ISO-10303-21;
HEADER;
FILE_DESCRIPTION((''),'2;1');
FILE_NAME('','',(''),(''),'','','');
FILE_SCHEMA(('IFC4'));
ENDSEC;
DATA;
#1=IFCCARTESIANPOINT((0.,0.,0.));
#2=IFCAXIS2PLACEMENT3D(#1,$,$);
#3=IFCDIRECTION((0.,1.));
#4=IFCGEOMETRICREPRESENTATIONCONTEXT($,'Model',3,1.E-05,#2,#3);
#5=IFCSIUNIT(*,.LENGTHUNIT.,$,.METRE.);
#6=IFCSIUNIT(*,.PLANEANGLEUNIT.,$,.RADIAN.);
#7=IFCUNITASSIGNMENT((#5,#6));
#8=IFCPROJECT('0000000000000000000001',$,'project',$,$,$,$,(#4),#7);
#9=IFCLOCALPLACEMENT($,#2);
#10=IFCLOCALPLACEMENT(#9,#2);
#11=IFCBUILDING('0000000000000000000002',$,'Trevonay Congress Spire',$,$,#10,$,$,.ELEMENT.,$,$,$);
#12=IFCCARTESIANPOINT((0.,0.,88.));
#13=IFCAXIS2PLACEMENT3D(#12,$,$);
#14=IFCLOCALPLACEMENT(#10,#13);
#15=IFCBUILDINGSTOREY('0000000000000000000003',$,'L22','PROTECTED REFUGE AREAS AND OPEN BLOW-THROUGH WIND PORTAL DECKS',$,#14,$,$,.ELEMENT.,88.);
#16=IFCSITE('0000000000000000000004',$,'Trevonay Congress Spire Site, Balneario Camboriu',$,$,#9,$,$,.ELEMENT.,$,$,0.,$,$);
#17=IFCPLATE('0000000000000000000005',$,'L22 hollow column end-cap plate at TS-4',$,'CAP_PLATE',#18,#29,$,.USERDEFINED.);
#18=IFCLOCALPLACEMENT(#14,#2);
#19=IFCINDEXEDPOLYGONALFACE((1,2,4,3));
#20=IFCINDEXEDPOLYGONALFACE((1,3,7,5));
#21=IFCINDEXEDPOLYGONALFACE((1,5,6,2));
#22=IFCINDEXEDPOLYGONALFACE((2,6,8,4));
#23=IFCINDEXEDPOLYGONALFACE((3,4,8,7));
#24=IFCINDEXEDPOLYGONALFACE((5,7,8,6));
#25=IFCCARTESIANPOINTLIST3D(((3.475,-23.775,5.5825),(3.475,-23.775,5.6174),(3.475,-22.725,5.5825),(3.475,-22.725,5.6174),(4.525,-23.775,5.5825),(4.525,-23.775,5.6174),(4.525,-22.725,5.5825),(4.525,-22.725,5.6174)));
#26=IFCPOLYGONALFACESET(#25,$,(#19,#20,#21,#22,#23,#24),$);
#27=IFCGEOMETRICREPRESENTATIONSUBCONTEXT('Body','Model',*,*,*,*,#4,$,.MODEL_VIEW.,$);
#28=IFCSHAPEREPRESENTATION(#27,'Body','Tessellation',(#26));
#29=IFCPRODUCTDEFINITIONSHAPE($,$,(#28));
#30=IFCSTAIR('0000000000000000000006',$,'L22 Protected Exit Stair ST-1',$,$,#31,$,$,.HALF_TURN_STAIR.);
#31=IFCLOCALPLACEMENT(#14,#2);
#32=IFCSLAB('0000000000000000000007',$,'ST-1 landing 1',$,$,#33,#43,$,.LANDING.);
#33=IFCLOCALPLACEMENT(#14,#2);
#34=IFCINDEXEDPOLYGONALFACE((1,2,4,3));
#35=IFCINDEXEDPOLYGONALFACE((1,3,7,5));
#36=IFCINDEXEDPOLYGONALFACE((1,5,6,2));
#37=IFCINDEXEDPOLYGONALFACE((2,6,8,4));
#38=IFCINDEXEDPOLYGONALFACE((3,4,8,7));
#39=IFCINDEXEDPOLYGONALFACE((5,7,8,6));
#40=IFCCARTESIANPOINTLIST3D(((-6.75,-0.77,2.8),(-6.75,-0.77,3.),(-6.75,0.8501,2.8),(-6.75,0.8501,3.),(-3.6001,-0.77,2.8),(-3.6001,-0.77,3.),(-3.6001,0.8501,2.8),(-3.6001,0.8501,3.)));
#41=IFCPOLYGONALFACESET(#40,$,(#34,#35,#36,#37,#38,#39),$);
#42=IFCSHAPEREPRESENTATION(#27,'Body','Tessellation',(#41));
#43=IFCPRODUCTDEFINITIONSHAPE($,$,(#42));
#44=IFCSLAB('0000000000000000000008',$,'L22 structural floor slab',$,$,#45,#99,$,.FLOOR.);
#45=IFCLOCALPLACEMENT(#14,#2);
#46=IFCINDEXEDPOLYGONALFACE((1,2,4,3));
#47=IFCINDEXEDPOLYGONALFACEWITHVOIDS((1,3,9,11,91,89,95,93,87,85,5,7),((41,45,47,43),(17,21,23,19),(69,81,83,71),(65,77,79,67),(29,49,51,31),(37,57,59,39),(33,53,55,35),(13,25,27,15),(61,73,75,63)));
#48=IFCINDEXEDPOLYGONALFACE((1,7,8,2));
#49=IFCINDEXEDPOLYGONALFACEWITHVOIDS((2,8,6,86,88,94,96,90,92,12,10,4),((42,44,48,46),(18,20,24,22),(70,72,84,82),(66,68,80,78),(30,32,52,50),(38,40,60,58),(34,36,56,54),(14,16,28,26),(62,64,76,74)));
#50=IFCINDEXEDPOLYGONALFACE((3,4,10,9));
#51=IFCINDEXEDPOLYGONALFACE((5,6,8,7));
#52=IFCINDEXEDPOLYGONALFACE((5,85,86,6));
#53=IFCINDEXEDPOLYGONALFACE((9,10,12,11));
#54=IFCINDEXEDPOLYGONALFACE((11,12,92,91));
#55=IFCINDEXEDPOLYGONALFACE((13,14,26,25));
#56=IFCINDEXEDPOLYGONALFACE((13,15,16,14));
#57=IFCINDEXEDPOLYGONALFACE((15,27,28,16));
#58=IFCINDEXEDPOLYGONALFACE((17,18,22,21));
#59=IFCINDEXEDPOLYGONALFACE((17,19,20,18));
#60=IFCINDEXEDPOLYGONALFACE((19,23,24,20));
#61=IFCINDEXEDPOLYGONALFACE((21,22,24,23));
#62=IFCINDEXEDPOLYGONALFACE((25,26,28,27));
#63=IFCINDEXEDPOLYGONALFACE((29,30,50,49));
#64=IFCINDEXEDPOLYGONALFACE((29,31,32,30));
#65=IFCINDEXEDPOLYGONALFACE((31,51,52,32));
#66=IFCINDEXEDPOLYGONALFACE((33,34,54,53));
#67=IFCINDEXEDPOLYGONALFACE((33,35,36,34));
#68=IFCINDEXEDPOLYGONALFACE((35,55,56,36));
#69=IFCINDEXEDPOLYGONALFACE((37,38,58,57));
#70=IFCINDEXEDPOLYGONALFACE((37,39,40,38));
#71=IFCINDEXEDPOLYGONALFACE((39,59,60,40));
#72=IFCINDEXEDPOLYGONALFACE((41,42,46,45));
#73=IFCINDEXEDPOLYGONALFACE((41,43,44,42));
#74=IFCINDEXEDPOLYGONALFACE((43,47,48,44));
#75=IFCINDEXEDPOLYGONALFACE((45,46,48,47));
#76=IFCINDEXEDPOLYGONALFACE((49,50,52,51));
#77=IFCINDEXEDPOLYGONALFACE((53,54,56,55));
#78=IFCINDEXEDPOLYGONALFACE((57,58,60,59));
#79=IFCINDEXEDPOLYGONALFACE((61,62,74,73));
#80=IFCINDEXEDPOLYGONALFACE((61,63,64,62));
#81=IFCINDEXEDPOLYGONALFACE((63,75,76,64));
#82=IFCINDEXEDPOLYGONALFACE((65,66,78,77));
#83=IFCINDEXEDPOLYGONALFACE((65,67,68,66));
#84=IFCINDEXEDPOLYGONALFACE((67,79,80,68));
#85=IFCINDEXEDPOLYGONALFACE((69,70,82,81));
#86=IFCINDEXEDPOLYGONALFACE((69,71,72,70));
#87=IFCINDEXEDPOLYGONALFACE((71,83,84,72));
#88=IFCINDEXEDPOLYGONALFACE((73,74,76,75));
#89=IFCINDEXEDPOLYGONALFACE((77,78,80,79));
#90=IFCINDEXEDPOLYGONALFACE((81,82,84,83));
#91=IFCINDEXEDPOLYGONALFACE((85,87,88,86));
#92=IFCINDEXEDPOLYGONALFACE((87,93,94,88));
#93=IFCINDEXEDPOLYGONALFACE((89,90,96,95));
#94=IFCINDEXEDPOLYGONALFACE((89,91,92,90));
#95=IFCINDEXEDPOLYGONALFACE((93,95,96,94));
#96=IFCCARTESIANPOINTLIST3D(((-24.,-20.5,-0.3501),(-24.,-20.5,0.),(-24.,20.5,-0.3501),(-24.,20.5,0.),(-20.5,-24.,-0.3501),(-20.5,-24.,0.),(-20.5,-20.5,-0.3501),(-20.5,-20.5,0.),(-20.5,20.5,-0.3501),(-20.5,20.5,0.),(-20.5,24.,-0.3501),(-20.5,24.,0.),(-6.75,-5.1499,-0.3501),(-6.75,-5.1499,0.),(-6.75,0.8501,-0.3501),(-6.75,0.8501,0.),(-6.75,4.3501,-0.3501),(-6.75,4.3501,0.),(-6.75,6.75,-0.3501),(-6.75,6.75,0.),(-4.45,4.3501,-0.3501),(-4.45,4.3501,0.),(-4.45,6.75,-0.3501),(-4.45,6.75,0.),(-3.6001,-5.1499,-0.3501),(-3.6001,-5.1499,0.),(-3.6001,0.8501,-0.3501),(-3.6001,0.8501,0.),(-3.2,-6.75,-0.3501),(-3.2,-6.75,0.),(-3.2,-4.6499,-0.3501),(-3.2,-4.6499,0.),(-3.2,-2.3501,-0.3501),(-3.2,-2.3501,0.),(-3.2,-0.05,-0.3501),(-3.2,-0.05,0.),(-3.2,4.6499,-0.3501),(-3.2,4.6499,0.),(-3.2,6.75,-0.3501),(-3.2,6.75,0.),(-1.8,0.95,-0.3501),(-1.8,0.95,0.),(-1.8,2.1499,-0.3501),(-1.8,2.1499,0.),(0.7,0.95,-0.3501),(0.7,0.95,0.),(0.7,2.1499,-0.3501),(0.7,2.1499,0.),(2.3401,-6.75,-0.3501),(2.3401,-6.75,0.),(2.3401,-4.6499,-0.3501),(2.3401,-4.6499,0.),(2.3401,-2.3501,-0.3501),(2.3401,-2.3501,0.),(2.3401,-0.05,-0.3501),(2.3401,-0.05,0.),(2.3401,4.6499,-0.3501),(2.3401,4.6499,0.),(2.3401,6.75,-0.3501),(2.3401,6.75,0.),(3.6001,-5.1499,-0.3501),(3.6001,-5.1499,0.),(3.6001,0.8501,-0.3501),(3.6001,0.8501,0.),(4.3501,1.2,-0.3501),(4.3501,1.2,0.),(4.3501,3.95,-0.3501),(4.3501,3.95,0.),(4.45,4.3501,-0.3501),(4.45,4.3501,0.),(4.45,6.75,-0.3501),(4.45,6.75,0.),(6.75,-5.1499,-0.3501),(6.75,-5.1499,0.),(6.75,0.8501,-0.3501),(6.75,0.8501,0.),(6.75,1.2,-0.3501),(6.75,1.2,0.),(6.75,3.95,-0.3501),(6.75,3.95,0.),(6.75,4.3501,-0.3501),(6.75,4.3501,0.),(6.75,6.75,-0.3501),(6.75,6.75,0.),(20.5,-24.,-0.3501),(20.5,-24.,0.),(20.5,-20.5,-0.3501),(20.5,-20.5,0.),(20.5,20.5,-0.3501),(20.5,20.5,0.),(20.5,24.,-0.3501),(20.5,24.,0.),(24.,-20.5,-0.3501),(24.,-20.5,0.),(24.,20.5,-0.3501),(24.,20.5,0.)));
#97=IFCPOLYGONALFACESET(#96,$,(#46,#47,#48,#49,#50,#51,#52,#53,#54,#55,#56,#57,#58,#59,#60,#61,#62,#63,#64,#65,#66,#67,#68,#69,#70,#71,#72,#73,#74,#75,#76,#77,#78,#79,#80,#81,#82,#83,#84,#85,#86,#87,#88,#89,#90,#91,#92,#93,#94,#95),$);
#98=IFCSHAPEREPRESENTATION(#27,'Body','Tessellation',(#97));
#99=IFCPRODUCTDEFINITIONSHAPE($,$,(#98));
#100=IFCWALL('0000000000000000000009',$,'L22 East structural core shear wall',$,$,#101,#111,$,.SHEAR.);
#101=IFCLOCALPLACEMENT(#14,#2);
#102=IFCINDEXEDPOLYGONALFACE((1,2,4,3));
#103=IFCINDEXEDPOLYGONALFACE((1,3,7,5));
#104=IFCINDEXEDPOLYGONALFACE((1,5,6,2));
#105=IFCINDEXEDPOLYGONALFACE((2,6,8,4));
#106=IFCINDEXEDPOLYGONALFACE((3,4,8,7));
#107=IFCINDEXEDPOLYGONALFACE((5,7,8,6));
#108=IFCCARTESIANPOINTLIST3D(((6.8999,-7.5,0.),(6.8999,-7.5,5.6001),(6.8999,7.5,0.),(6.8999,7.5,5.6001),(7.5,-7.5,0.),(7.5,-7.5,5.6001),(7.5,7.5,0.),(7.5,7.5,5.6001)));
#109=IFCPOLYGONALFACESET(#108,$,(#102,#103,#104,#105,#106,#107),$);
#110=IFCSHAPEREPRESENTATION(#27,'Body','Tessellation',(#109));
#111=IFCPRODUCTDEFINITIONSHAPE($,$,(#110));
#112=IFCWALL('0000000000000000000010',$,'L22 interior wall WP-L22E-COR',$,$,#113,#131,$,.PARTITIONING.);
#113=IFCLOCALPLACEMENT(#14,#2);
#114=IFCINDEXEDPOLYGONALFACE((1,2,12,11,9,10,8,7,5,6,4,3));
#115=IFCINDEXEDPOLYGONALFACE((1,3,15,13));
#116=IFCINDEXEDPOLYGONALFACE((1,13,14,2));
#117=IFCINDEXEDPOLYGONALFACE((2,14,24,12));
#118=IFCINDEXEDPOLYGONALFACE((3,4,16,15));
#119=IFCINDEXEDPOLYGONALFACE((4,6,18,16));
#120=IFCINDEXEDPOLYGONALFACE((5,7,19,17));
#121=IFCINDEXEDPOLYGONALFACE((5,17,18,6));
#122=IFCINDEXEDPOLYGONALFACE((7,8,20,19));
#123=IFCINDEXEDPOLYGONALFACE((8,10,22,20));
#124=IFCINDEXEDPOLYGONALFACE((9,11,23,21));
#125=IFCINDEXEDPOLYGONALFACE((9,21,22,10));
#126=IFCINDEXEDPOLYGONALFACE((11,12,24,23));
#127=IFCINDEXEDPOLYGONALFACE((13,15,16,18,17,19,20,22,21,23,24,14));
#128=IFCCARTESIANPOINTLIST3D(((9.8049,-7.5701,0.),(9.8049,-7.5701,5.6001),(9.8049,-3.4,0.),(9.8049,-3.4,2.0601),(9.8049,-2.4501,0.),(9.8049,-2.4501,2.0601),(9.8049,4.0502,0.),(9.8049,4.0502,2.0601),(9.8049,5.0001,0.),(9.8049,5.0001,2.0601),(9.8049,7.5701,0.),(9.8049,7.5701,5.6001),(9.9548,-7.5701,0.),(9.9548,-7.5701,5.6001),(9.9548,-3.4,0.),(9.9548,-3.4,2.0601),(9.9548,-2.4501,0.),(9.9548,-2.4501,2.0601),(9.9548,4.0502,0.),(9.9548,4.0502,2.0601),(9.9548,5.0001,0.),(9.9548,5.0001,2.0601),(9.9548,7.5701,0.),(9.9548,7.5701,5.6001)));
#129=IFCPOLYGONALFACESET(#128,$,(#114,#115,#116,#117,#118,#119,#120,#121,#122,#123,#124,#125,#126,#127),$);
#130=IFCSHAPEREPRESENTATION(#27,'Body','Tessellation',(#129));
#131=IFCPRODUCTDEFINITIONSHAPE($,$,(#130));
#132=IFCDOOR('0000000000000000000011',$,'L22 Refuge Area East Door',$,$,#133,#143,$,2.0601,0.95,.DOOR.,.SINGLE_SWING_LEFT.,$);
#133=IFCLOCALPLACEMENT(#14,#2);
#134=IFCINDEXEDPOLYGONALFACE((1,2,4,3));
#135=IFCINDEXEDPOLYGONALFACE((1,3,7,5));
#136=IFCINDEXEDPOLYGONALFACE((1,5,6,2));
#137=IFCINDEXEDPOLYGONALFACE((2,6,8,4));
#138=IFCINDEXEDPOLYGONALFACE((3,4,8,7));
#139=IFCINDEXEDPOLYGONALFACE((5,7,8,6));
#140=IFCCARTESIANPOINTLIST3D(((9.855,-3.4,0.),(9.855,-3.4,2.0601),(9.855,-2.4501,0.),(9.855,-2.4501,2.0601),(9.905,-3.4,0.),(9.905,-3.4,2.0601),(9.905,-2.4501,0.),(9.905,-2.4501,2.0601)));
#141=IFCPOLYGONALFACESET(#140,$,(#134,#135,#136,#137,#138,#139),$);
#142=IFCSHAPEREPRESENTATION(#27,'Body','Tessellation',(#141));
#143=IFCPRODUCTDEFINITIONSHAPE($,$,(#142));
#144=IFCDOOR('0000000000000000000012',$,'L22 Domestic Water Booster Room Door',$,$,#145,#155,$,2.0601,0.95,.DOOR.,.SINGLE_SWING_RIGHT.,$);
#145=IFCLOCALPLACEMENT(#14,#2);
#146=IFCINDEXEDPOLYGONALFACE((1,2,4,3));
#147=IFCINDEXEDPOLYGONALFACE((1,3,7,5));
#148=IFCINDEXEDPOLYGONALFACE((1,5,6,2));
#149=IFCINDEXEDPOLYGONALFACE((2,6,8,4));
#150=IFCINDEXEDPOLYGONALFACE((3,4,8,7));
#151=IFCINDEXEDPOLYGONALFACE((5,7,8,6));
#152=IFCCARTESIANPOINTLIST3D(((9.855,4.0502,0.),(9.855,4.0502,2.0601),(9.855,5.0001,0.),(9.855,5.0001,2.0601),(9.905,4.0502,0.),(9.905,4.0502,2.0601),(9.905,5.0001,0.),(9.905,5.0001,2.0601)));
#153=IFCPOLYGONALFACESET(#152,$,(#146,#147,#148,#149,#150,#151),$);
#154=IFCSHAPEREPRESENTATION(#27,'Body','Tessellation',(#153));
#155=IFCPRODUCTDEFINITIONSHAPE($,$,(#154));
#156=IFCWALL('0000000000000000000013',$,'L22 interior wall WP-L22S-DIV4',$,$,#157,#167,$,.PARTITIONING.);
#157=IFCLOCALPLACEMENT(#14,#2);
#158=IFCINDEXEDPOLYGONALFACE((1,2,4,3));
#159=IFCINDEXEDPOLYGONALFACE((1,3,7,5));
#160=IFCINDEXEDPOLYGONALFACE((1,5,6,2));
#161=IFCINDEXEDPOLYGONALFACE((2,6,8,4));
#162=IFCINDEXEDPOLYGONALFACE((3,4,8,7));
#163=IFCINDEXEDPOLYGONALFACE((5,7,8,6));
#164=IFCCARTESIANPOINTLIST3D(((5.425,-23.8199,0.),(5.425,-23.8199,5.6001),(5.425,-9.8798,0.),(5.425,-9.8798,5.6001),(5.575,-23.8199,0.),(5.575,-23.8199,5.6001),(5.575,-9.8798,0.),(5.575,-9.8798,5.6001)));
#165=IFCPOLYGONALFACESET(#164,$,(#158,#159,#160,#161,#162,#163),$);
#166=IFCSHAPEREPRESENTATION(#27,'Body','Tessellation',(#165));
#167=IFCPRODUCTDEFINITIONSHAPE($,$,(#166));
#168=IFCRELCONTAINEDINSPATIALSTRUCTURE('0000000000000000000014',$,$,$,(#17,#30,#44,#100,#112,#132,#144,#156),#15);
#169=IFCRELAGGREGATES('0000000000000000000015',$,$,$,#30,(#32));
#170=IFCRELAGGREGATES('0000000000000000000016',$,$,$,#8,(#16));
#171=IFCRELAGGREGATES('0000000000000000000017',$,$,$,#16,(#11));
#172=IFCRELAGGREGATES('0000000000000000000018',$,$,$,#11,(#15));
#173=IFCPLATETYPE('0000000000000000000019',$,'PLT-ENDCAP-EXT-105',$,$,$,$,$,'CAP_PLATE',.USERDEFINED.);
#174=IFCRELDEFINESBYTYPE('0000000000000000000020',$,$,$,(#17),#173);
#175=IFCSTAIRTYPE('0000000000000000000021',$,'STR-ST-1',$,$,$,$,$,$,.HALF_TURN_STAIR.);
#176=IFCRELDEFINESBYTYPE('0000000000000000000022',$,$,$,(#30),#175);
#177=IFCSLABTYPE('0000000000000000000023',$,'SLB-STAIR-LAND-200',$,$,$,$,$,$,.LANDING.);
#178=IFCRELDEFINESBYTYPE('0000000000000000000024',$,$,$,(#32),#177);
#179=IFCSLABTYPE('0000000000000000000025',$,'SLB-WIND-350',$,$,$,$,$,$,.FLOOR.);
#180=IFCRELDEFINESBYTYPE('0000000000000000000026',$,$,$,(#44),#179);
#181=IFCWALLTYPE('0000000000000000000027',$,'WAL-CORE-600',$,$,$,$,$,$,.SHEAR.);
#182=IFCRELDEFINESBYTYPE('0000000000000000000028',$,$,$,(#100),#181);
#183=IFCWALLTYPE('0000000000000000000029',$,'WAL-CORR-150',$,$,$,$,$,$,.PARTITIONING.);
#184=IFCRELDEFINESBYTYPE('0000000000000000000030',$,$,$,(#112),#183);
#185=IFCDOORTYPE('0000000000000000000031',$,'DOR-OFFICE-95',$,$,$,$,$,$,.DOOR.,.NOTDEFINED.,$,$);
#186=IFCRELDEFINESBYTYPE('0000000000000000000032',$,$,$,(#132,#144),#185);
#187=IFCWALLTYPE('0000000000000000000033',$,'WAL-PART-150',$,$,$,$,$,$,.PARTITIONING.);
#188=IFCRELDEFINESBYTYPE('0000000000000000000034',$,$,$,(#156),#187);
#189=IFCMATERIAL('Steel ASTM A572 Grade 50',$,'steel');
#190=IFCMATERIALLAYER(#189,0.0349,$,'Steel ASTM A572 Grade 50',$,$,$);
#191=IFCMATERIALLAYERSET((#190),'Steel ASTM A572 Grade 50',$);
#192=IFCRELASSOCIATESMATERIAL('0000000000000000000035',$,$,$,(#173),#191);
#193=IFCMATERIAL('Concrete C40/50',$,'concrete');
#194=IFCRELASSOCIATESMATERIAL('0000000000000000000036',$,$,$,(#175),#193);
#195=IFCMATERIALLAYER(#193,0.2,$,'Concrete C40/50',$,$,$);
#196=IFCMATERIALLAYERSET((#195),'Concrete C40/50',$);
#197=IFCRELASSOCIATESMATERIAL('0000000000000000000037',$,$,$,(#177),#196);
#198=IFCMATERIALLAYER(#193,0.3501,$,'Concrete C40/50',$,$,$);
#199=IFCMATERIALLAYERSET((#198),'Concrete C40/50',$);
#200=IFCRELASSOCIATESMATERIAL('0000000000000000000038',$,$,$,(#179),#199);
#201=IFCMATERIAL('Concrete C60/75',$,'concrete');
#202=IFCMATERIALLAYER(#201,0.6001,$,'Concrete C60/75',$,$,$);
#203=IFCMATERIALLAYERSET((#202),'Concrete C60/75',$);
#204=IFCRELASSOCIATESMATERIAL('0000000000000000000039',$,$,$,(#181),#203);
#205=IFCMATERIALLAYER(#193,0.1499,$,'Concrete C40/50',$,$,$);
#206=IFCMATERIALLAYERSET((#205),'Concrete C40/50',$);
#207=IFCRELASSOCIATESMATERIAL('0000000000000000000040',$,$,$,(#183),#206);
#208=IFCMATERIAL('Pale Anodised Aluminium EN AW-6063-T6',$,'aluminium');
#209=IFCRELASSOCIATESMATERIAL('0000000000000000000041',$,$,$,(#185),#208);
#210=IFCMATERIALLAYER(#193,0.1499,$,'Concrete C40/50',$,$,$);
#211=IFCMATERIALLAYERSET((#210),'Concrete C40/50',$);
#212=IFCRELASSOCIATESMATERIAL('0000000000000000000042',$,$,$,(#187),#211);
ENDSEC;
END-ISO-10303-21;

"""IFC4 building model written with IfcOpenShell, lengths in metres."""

from ifc_helpers import new_model, si_unit, direction, frame, frame_2d, origin, origin_2d, place, context, subcontext, project, spatial, polyline, rectangle, outline, extrude, material, layer, layer_set, type_object, element, fill, aggregate, save


model = new_model("IFC4")

# Units and contexts
model_context = context("Model", 3, precision=1e-05, world=origin(), true_north=direction((0.0, 1.0)))
body_context = subcontext(model_context, "Body", "Model", "MODEL_VIEW")
ifc_project = project(units=[si_unit("LENGTHUNIT", "METRE"), si_unit("PLANEANGLEUNIT", "RADIAN")], contexts=[model_context])

# Site, building, storey
site_placement = place(None, origin())
site = spatial("IfcSite", under=ifc_project, at=site_placement, Name="Trevonay Congress Spire Site, Balneario Camboriu", CompositionType="ELEMENT", RefElevation=0.0)
building_placement = place(site_placement, origin())
building = spatial("IfcBuilding", under=site, at=building_placement, Name="Trevonay Congress Spire", CompositionType="ELEMENT")
storey_placement = place(building_placement, frame((0.0, 0.0, 88.0)))
storey = spatial("IfcBuildingStorey", under=building, at=storey_placement, Name="L22", Description="PROTECTED REFUGE AREAS AND OPEN BLOW-THROUGH WIND PORTAL DECKS", CompositionType="ELEMENT", Elevation=88.0)

# Shared definitions
ifc_material_1 = material(Name="Steel ASTM A572 Grade 50", Category="steel")

# Plate
ifc_layer_1 = layer(ifc_material_1, 0.0349, Name="Steel ASTM A572 Grade 50")
ifc_layer_set_1 = layer_set([ifc_layer_1], Name="Steel ASTM A572 Grade 50")
plate_type = type_object("IfcPlateType", Name="PLT-ENDCAP-EXT-105", ElementType="CAP_PLATE", PredefinedType="USERDEFINED", material=ifc_layer_set_1)
plate_placement = place(storey_placement, frame((4.0, -23.25, 5.5825), z_axis=(0.0, 0.0, 1.0), x_axis=(1.0, 0.0, 0.0)))
element("IfcPlate", 1, at=plate_placement, inside=storey, type_object=plate_type, Name="L22 hollow column end-cap plate at TS-4", ObjectType="CAP_PLATE", PredefinedType="USERDEFINED", context=body_context, shape_type="SweptSolid", body=[
    extrude(rectangle(XDim=1.05, YDim=1.05, at=origin_2d()), origin(), (0.0, 0.0, 1.0), 0.0349),
])

# Stair, slab
ifc_material_2 = material(Name="Concrete C40/50", Category="concrete")
stair_type_1 = type_object("IfcStairType", Name="STR-ST-1", PredefinedType="HALF_TURN_STAIR", material=ifc_material_2)
stair_1_placement = place(storey_placement, origin())
stair_1 = element("IfcStair", 2, at=stair_1_placement, inside=storey, type_object=stair_type_1, Name="L22 Protected Exit Stair ST-1", PredefinedType="HALF_TURN_STAIR")
ifc_layer_2 = layer(ifc_material_2, 0.2, Name="Concrete C40/50")
ifc_layer_set_2 = layer_set([ifc_layer_2], Name="Concrete C40/50")
slab_type_1 = type_object("IfcSlabType", Name="SLB-STAIR-LAND-200", PredefinedType="LANDING", material=ifc_layer_set_2)
slab_1_placement = place(storey_placement, frame((0.0, 0.0, 2.8)))
slab_1 = element("IfcSlab", 3, at=slab_1_placement, type_object=slab_type_1, Name="ST-1 landing 1", PredefinedType="LANDING", context=body_context, shape_type="SweptSolid", body=[
    extrude(outline(polyline([(-3.6001, -0.77), (-3.6001, 0.8501), (-6.75, 0.8501), (-6.75, -0.77), (-3.6001, -0.77)])), origin(), (0.0, 0.0, 1.0), 0.2),
])
aggregate(stair_1, [slab_1])

# Slab
ifc_layer_3 = layer(ifc_material_2, 0.3501, Name="Concrete C40/50")
ifc_layer_set_3 = layer_set([ifc_layer_3], Name="Concrete C40/50")
slab_type_2 = type_object("IfcSlabType", Name="SLB-WIND-350", PredefinedType="FLOOR", material=ifc_layer_set_3)
slab_2_placement = place(storey_placement, frame((0.0, 0.0, -0.3501)))
element("IfcSlab", 4, at=slab_2_placement, inside=storey, type_object=slab_type_2, Name="L22 structural floor slab", PredefinedType="FLOOR", context=body_context, shape_type="SweptSolid", body=[
    extrude(outline(polyline([(-20.5, -24.0), (20.5, -24.0), (20.5, -20.5), (24.0, -20.5), (24.0, 20.5), (20.5, 20.5), (20.5, 24.0), (-20.5, 24.0), (-20.5, 20.5), (-24.0, 20.5), (-24.0, -20.5), (-20.5, -20.5), (-20.5, -24.0)]), holes=[polyline([(-3.6001, -5.1499), (-3.6001, 0.8501), (-6.75, 0.8501), (-6.75, -5.1499), (-3.6001, -5.1499)]), polyline([(6.75, -5.1499), (6.75, 0.8501), (3.6001, 0.8501), (3.6001, -5.1499), (6.75, -5.1499)]), polyline([(-3.2, -6.75), (2.3401, -6.75), (2.3401, -4.6499), (-3.2, -4.6499), (-3.2, -6.75)]), polyline([(-3.2, -2.3501), (2.3401, -2.3501), (2.3401, -0.05), (-3.2, -0.05), (-3.2, -2.3501)]), polyline([(-3.2, 4.6499), (2.3401, 4.6499), (2.3401, 6.75), (-3.2, 6.75), (-3.2, 4.6499)]), polyline([(-6.75, 4.3501), (-4.45, 4.3501), (-4.45, 6.75), (-6.75, 6.75), (-6.75, 4.3501)]), polyline([(4.45, 4.3501), (6.75, 4.3501), (6.75, 6.75), (4.45, 6.75), (4.45, 4.3501)]), polyline([(4.3501, 1.2), (6.75, 1.2), (6.75, 3.95), (4.3501, 3.95), (4.3501, 1.2)]), polyline([(-1.8, 0.95), (0.7, 0.95), (0.7, 2.1499), (-1.8, 2.1499), (-1.8, 0.95)])]), origin(), (0.0, 0.0, 1.0), 0.3501),
])

# Wall
ifc_material_3 = material(Name="Concrete C60/75", Category="concrete")
ifc_layer_4 = layer(ifc_material_3, 0.6001, Name="Concrete C60/75")
ifc_layer_set_4 = layer_set([ifc_layer_4], Name="Concrete C60/75")
wall_type_1 = type_object("IfcWallType", Name="WAL-CORE-600", PredefinedType="SHEAR", material=ifc_layer_set_4)
wall_1_placement = place(storey_placement, frame((7.2, -7.5, 0.0), z_axis=(0.0, 0.0, 1.0), x_axis=(0.0, 1.0, 0.0)))
element("IfcWall", 5, at=wall_1_placement, inside=storey, type_object=wall_type_1, Name="L22 East structural core shear wall", PredefinedType="SHEAR", context=body_context, shape_type="SweptSolid", body=[
    extrude(rectangle(XDim=15.0, YDim=0.6001, at=frame_2d((7.5, 0.0))), origin(), (0.0, 0.0, 1.0), 5.6001),
])

# Wall, openings, doors
ifc_layer_5 = layer(ifc_material_2, 0.1499, Name="Concrete C40/50")
ifc_layer_set_5 = layer_set([ifc_layer_5], Name="Concrete C40/50")
wall_type_2 = type_object("IfcWallType", Name="WAL-CORR-150", PredefinedType="PARTITIONING", material=ifc_layer_set_5)
wall_2_placement = place(storey_placement, frame((9.8799, -7.5701, 0.0), z_axis=(0.0, 0.0, 1.0), x_axis=(0.0, 1.0, 0.0)))
wall_2 = element("IfcWall", 6, at=wall_2_placement, inside=storey, type_object=wall_type_2, Name="L22 interior wall WP-L22E-COR", PredefinedType="PARTITIONING", context=body_context, shape_type="SweptSolid", body=[
    extrude(rectangle(XDim=15.1401, YDim=0.1499, at=frame_2d((7.5701, 0.0))), origin(), (0.0, 0.0, 1.0), 5.6001),
])
opening_1_placement = place(wall_2_placement, frame((4.1699, 0.0, 0.0)))
opening_1 = element("IfcOpeningElement", 7, at=opening_1_placement, cuts=wall_2, PredefinedType="OPENING", context=body_context, shape_type="SweptSolid", body=[
    extrude(rectangle(XDim=0.95, YDim=2.0601, at=frame_2d((0.4751, 1.03))), frame((0.0, 0.085, 0.0), z_axis=(0.0, -1.0, 0.0), x_axis=(1.0, 0.0, 0.0)), (0.0, 0.0, 1.0), 0.1699),
])
opening_2_placement = place(wall_2_placement, frame((11.6201, 0.0, 0.0)))
opening_2 = element("IfcOpeningElement", 8, at=opening_2_placement, cuts=wall_2, PredefinedType="OPENING", context=body_context, shape_type="SweptSolid", body=[
    extrude(rectangle(XDim=0.95, YDim=2.0601, at=frame_2d((0.4751, 1.03))), frame((0.0, 0.085, 0.0), z_axis=(0.0, -1.0, 0.0), x_axis=(1.0, 0.0, 0.0)), (0.0, 0.0, 1.0), 0.1699),
])
ifc_material_4 = material(Name="Pale Anodised Aluminium EN AW-6063-T6", Category="aluminium")
door_type = type_object("IfcDoorType", Name="DOR-OFFICE-95", OperationType="NOTDEFINED", PredefinedType="DOOR", material=ifc_material_4)
door_1_placement = place(opening_1_placement, origin())
door_1 = element("IfcDoor", 9, at=door_1_placement, inside=storey, type_object=door_type, Name="L22 Refuge Area East Door", OperationType="SINGLE_SWING_LEFT", OverallHeight=2.0601, OverallWidth=0.95, PredefinedType="DOOR", context=body_context, shape_type="SweptSolid", body=[
    extrude(rectangle(XDim=0.95, YDim=2.0601, at=frame_2d((0.4751, 1.03))), frame((0.0, 0.0249, 0.0), z_axis=(0.0, -1.0, 0.0), x_axis=(1.0, 0.0, 0.0)), (0.0, 0.0, 1.0), 0.05),
])
fill(opening_1, door_1)
door_2_placement = place(opening_2_placement, origin())
door_2 = element("IfcDoor", 10, at=door_2_placement, inside=storey, type_object=door_type, Name="L22 Domestic Water Booster Room Door", OperationType="SINGLE_SWING_RIGHT", OverallHeight=2.0601, OverallWidth=0.95, PredefinedType="DOOR", context=body_context, shape_type="SweptSolid", body=[
    extrude(rectangle(XDim=0.95, YDim=2.0601, at=frame_2d((0.4751, 1.03))), frame((0.0, 0.0249, 0.0), z_axis=(0.0, -1.0, 0.0), x_axis=(1.0, 0.0, 0.0)), (0.0, 0.0, 1.0), 0.05),
])
fill(opening_2, door_2)

# Wall
ifc_layer_6 = layer(ifc_material_2, 0.1499, Name="Concrete C40/50")
ifc_layer_set_6 = layer_set([ifc_layer_6], Name="Concrete C40/50")
wall_type_3 = type_object("IfcWallType", Name="WAL-PART-150", PredefinedType="PARTITIONING", material=ifc_layer_set_6)
wall_3_placement = place(storey_placement, frame((5.5, -23.8201, 0.0), z_axis=(0.0, 0.0, 1.0), x_axis=(0.0, 1.0, 0.0)))
element("IfcWall", 11, at=wall_3_placement, inside=storey, type_object=wall_type_3, Name="L22 interior wall WP-L22S-DIV4", PredefinedType="PARTITIONING", context=body_context, shape_type="SweptSolid", body=[
    extrude(rectangle(XDim=13.9402, YDim=0.1499, at=frame_2d((6.9702, 0.0))), origin(), (0.0, 0.0, 1.0), 5.6001),
])

save(model, "model.ifc")
